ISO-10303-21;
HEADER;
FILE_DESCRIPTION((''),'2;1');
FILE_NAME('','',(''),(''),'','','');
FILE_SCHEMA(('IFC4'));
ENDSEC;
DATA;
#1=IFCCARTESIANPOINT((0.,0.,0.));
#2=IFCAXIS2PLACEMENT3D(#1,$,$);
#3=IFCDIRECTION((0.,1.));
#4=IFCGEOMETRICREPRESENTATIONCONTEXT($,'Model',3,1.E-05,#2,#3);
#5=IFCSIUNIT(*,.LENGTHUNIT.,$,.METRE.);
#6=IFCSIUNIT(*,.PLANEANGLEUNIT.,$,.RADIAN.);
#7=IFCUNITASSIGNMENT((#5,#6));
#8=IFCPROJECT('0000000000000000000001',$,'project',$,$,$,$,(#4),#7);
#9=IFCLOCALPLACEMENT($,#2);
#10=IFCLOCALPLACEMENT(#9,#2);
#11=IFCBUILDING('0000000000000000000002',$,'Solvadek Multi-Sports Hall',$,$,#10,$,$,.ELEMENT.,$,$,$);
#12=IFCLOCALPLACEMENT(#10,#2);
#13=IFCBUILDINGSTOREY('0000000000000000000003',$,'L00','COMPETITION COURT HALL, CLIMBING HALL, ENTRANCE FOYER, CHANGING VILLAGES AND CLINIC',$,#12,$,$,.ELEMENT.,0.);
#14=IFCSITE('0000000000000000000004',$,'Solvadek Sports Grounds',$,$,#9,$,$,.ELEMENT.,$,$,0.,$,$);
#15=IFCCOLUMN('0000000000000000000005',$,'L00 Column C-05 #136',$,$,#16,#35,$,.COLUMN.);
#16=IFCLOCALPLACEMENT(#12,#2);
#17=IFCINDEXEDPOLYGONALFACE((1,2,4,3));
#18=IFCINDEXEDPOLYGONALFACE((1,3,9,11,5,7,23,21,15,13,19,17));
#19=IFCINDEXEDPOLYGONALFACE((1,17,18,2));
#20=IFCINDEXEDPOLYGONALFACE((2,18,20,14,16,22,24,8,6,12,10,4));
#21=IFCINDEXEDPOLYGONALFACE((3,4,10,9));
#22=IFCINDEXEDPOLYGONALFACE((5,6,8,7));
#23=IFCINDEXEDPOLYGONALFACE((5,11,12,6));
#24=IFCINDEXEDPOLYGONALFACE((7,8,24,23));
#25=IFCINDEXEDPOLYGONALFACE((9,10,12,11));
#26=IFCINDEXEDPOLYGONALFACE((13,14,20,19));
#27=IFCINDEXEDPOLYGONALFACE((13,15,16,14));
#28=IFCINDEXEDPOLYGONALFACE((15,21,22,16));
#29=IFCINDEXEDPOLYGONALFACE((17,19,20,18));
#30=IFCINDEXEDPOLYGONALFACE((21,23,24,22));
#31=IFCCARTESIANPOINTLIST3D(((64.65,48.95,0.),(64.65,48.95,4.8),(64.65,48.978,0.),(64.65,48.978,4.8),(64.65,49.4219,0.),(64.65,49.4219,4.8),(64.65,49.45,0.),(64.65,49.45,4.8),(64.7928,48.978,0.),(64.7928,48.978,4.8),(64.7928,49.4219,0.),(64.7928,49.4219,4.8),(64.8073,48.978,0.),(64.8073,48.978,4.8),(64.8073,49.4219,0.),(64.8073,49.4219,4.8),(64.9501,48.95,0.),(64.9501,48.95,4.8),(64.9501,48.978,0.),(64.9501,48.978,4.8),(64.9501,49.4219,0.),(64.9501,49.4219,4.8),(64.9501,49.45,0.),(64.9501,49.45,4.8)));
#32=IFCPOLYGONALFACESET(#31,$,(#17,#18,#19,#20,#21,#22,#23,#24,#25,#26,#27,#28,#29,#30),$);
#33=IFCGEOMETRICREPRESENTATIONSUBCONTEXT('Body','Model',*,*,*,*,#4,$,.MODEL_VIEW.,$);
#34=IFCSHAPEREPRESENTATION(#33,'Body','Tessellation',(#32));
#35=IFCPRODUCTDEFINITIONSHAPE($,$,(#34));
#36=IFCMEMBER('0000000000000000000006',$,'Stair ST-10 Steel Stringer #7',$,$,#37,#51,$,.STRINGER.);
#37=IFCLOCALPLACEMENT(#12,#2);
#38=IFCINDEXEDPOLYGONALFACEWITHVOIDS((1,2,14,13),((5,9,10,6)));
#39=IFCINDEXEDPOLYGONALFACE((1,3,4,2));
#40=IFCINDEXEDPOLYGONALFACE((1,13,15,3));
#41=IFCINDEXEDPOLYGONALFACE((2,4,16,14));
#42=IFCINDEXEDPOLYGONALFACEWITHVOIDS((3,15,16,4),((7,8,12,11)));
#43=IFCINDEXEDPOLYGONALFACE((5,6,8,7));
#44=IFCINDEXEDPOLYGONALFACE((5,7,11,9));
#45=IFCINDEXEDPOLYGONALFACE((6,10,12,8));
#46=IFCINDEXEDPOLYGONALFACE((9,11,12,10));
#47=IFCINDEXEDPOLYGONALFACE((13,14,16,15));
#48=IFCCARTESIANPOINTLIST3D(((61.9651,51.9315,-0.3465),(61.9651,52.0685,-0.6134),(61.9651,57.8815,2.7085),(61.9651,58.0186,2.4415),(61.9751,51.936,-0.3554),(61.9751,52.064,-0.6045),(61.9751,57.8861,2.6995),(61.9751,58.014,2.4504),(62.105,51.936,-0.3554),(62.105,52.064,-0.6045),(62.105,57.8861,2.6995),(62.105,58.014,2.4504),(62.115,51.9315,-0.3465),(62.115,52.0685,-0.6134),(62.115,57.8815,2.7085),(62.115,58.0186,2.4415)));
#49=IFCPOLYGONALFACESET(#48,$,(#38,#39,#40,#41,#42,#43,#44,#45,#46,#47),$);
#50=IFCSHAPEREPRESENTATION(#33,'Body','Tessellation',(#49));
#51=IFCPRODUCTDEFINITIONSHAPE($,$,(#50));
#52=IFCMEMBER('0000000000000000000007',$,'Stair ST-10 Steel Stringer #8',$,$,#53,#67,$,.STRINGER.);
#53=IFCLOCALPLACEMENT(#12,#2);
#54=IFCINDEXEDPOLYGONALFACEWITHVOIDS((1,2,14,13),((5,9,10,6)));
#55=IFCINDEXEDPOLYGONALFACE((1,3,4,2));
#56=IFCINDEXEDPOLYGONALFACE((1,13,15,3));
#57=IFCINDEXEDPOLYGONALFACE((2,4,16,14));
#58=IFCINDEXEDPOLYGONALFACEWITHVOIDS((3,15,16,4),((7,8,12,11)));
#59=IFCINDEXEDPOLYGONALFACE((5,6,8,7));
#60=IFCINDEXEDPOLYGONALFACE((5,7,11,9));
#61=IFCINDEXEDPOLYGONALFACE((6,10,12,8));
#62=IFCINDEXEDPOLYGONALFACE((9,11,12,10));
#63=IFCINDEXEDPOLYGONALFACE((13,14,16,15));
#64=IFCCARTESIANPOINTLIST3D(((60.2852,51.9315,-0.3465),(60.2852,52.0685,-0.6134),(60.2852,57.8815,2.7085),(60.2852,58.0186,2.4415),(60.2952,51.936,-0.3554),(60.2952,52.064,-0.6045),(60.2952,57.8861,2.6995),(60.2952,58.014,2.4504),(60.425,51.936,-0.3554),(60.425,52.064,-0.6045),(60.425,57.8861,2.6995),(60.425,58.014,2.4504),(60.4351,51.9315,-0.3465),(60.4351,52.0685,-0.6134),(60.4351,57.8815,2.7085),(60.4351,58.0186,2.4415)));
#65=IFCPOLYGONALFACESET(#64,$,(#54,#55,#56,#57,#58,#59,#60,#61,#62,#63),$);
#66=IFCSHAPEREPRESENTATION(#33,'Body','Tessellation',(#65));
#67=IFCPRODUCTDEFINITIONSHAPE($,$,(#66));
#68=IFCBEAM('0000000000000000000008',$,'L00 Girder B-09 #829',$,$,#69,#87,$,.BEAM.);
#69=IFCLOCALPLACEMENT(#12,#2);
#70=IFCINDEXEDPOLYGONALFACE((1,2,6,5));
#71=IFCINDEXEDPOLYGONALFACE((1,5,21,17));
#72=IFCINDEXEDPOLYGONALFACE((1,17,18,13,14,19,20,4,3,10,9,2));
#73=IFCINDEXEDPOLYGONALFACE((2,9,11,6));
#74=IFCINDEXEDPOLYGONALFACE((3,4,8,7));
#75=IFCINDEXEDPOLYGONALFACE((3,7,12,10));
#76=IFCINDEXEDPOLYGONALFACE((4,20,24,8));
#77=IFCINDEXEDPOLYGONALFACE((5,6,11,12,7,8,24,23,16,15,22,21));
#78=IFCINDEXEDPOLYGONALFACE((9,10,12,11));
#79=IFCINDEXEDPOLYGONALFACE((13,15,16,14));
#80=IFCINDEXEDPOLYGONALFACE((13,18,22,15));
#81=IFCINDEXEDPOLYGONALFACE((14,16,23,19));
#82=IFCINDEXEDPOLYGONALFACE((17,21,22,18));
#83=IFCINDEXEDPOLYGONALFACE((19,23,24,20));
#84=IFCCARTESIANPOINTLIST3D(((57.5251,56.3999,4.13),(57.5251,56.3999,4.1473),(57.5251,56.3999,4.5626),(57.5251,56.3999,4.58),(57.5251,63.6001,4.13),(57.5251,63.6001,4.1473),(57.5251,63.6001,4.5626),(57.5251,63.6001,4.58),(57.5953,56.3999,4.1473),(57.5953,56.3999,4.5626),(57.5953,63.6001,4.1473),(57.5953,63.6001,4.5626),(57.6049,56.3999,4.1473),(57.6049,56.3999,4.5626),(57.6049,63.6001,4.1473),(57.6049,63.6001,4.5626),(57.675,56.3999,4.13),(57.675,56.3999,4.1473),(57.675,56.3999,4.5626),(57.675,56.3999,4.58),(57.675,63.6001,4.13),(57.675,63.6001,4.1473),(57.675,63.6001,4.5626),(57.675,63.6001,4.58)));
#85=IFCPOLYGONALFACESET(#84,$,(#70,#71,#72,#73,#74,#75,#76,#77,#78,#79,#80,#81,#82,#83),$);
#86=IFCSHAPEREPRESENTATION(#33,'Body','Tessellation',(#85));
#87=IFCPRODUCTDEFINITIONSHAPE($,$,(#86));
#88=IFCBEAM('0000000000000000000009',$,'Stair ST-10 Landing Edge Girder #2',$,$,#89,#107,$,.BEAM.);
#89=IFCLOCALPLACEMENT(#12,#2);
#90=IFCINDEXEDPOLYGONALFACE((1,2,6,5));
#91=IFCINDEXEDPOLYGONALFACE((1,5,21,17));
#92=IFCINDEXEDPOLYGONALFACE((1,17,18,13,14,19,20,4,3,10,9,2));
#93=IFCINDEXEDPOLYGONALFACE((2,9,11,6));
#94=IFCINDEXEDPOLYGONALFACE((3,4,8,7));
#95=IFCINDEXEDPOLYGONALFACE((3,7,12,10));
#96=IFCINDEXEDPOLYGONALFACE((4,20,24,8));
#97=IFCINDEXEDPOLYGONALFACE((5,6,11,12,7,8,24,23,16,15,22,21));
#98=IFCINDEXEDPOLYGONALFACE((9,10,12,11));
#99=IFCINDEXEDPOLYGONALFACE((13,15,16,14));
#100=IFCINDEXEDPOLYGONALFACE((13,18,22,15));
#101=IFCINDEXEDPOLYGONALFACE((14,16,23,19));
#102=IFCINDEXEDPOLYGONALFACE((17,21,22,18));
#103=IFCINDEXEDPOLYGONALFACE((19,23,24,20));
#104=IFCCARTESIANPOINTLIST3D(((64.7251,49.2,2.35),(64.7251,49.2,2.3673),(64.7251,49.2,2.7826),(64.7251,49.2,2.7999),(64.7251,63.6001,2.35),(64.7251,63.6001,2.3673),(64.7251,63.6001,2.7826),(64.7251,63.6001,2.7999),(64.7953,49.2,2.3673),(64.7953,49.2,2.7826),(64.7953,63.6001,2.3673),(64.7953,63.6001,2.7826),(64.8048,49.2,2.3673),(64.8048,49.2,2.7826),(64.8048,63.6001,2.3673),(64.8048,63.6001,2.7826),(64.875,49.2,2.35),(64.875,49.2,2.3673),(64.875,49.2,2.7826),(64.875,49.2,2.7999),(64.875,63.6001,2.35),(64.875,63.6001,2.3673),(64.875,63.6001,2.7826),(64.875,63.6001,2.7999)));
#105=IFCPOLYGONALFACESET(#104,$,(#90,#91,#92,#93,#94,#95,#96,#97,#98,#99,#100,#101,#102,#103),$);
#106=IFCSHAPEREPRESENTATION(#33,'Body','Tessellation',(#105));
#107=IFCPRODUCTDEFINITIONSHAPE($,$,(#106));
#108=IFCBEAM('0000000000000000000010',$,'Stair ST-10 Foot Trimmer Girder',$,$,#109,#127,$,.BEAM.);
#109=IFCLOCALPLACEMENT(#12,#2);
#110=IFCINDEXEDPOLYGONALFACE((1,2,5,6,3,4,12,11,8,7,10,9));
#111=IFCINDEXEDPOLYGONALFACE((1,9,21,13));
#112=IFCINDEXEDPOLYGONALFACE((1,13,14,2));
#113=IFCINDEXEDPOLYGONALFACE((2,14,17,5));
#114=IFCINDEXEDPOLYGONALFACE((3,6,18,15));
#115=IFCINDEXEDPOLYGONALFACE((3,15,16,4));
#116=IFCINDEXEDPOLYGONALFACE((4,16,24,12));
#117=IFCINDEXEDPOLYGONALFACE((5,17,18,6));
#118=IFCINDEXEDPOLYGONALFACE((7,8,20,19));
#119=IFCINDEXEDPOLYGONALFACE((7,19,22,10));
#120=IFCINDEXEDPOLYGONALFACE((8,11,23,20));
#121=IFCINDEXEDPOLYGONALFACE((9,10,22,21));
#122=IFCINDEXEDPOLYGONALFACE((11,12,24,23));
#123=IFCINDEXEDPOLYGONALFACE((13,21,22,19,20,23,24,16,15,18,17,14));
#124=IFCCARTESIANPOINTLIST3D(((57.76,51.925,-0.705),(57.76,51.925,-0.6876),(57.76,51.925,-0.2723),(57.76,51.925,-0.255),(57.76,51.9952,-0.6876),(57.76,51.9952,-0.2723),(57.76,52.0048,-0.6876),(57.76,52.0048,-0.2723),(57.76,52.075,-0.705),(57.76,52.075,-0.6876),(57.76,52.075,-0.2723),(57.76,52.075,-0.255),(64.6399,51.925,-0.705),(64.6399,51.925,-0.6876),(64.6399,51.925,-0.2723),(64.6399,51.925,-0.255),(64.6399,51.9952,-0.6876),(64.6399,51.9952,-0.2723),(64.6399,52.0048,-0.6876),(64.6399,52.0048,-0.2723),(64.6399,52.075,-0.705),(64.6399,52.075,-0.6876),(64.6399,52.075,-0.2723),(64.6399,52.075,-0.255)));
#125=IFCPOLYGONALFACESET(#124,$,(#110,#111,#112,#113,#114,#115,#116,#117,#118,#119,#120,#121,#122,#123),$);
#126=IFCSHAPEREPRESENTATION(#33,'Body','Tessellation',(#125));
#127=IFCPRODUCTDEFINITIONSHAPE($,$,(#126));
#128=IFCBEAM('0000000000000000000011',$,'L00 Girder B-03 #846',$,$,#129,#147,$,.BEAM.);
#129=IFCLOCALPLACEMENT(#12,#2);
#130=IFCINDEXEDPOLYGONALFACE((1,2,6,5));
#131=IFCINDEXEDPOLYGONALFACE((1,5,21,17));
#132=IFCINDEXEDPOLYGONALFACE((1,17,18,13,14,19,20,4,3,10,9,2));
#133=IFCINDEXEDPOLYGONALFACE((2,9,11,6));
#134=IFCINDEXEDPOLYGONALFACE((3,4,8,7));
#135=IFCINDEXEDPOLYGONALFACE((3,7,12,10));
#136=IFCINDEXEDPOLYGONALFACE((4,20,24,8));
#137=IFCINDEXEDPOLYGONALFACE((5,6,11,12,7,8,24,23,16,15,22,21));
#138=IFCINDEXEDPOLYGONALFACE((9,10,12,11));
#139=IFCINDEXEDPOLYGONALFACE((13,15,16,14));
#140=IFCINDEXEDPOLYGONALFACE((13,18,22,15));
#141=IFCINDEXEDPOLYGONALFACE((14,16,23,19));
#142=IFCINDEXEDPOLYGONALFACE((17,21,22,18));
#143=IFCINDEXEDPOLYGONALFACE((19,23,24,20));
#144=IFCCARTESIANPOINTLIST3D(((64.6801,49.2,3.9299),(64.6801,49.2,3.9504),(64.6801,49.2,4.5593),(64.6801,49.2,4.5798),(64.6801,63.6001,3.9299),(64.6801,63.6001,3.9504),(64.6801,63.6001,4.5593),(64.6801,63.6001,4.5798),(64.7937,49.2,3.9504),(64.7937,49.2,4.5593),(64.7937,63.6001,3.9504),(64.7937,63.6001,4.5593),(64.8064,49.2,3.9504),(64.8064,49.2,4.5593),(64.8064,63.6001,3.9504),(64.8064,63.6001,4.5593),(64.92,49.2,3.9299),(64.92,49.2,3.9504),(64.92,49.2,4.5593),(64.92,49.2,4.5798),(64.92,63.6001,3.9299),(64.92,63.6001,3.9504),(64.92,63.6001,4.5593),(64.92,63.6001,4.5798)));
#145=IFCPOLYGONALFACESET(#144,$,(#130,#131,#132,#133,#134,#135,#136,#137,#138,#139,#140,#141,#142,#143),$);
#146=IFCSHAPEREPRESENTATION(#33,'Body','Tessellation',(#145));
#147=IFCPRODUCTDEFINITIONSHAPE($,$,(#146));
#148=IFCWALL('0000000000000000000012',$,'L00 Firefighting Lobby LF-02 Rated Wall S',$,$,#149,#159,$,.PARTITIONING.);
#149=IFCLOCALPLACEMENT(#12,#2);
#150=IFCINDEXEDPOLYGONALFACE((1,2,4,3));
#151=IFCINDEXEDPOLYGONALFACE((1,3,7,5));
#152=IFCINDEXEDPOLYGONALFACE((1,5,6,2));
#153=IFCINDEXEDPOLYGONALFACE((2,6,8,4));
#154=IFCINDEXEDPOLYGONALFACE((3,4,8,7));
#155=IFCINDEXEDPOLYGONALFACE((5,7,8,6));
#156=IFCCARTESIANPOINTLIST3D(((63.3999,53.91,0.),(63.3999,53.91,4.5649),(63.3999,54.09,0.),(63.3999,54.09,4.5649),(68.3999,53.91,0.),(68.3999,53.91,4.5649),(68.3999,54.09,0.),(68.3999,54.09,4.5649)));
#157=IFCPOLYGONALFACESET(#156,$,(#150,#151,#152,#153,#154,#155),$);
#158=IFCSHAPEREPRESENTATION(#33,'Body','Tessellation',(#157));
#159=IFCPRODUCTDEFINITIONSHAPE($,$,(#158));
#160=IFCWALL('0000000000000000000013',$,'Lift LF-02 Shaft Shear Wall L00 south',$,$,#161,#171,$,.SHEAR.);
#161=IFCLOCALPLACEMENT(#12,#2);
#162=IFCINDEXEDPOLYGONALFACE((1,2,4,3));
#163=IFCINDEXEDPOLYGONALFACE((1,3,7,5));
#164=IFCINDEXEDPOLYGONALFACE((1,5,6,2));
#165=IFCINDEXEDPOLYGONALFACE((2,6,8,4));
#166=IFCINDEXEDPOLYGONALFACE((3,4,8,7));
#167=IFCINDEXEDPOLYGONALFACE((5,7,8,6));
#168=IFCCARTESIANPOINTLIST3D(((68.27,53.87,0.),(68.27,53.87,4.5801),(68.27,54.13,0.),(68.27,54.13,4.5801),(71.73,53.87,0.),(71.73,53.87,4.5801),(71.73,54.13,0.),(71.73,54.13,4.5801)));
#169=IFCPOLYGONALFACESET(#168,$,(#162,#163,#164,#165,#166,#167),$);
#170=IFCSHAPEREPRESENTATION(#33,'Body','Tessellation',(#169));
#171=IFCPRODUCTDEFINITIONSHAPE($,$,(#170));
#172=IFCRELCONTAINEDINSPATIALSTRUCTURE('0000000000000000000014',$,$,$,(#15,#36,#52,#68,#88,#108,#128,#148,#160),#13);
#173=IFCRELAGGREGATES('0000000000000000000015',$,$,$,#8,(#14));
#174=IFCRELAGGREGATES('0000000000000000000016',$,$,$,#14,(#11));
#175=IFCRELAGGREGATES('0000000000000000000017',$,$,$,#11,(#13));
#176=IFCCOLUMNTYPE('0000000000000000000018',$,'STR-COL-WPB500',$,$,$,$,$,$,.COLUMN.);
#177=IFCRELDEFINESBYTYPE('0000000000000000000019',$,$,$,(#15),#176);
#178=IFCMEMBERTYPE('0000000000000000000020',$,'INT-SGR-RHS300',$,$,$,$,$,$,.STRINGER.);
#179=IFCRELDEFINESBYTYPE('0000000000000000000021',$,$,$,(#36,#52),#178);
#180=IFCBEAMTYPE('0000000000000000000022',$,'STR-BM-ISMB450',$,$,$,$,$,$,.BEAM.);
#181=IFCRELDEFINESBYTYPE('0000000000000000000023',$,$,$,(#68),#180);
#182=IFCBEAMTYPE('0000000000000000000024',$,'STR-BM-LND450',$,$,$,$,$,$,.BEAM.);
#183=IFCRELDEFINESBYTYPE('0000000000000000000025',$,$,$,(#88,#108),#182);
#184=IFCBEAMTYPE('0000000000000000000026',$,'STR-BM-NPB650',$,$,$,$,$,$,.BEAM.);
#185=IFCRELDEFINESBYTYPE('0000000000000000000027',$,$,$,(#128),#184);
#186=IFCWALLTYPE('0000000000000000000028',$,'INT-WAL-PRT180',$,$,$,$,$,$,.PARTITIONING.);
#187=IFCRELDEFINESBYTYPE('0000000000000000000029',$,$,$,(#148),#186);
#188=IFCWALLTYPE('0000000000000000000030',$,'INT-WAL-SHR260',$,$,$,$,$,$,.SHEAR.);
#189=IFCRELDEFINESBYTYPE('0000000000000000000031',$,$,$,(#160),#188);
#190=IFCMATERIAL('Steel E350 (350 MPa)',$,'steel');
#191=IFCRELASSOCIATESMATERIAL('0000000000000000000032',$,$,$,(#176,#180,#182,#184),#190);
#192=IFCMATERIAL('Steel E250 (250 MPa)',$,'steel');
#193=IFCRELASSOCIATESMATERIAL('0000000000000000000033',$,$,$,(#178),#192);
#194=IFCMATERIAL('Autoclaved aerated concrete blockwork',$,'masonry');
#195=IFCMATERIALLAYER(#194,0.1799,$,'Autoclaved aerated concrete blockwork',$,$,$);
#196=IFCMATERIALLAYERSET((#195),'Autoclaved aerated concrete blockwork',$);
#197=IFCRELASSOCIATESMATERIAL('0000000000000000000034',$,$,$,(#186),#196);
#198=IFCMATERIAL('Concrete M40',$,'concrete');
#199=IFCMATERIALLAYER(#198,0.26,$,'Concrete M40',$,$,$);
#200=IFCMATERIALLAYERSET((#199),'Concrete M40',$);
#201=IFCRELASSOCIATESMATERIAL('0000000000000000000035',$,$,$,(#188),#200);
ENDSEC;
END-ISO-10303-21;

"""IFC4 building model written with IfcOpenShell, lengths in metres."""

from ifc_helpers import new_model, si_unit, direction, frame, frame_2d, origin, origin_2d, place, context, subcontext, project, spatial, rectangle, hollow_rectangle, i_section, extrude, material, layer, layer_set, material_profile, profile_set, type_object, element, save


model = new_model("IFC4")

# Units and contexts
model_context = context("Model", 3, precision=1e-05, world=origin(), true_north=direction((0.0, 1.0)))
body_context = subcontext(model_context, "Body", "Model", "MODEL_VIEW")
ifc_project = project(units=[si_unit("LENGTHUNIT", "METRE"), si_unit("PLANEANGLEUNIT", "RADIAN")], contexts=[model_context])

# Site, building, storey
site_placement = place(None, origin())
site = spatial("IfcSite", under=ifc_project, at=site_placement, Name="Solvadek Sports Grounds", CompositionType="ELEMENT", RefElevation=0.0)
building_placement = place(site_placement, origin())
building = spatial("IfcBuilding", under=site, at=building_placement, Name="Solvadek Multi-Sports Hall", CompositionType="ELEMENT")
storey_placement = place(building_placement, origin())
storey = spatial("IfcBuildingStorey", under=building, at=storey_placement, Name="L00", Description="COMPETITION COURT HALL, CLIMBING HALL, ENTRANCE FOYER, CHANGING VILLAGES AND CLINIC", CompositionType="ELEMENT", Elevation=0.0)

# Column
ifc_material_1 = material(Name="Steel E350 (350 MPa)", Category="steel")
ifc_material_profile_1 = material_profile(ifc_material_1, i_section(OverallWidth=0.3, OverallDepth=0.5, WebThickness=0.0144, FlangeThickness=0.0281, at=origin_2d()), Name="WPB 500")
ifc_profile_set_1 = profile_set([ifc_material_profile_1], Name="Steel E350 (350 MPa)")
column_type = type_object("IfcColumnType", Name="STR-COL-WPB500", PredefinedType="COLUMN", material=ifc_profile_set_1)
column_placement = place(storey_placement, frame((64.8, 49.2, 0.0), z_axis=(0.0, 0.0, 1.0), x_axis=(1.0, 0.0, 0.0)))
element("IfcColumn", 1, at=column_placement, inside=storey, type_object=column_type, Name="L00 Column C-05 #136", PredefinedType="COLUMN", context=body_context, shape_type="SweptSolid", body=[
    extrude(i_section(OverallWidth=0.3, OverallDepth=0.5, WebThickness=0.0144, FlangeThickness=0.0281, at=origin_2d()), origin(), (0.0, 0.0, 1.0), 4.8),
])

# Members
ifc_material_2 = material(Name="Steel E250 (250 MPa)", Category="steel")
ifc_material_profile_2 = material_profile(ifc_material_2, hollow_rectangle(XDim=0.1499, YDim=0.3, WallThickness=0.01, at=origin_2d()), Name="RHS 300x150x10")
ifc_profile_set_2 = profile_set([ifc_material_profile_2], Name="Steel E250 (250 MPa)")
member_type = type_object("IfcMemberType", Name="INT-SGR-RHS300", PredefinedType="STRINGER", material=ifc_profile_set_2)
for number, where, z_axis, x_axis, name in (
    (2, (62.04, 52.0, -0.48), (0.0, 0.889594, 0.456752), (-1.0, 0.0, 0.0), "Stair ST-10 Steel Stringer #7"),
    (3, (60.3601, 52.0, -0.48), (0.0, 0.889594, 0.456752), (-1.0, 0.0, 0.0), "Stair ST-10 Steel Stringer #8"),
):
    element("IfcMember", number, at=place(storey_placement, frame(where, z_axis=z_axis, x_axis=x_axis)), inside=storey, type_object=member_type, Name=name, PredefinedType="STRINGER", context=body_context, shape_type="SweptSolid", body=[
        extrude(hollow_rectangle(XDim=0.1499, YDim=0.3, WallThickness=0.01, at=origin_2d()), origin(), (0.0, 0.0, 1.0), 6.6885),
    ])

# Beams
ifc_material_profile_3 = material_profile(ifc_material_1, i_section(OverallWidth=0.1499, OverallDepth=0.45, WebThickness=0.0095, FlangeThickness=0.0173, at=origin_2d()), Name="ISMB 450")
ifc_profile_set_3 = profile_set([ifc_material_profile_3], Name="Steel E350 (350 MPa)")
beam_type_1 = type_object("IfcBeamType", Name="STR-BM-ISMB450", PredefinedType="BEAM", material=ifc_profile_set_3)
beam_1_placement = place(storey_placement, frame((57.6001, 56.3999, 4.355), z_axis=(0.0, 1.0, 0.0), x_axis=(-1.0, 0.0, 0.0)))
element("IfcBeam", 4, at=beam_1_placement, inside=storey, type_object=beam_type_1, Name="L00 Girder B-09 #829", PredefinedType="BEAM", context=body_context, shape_type="SweptSolid", body=[
    extrude(i_section(OverallWidth=0.1499, OverallDepth=0.45, WebThickness=0.0095, FlangeThickness=0.0173, at=origin_2d()), origin(), (0.0, 0.0, 1.0), 7.2002),
])
ifc_material_profile_4 = material_profile(ifc_material_1, i_section(OverallWidth=0.1499, OverallDepth=0.45, WebThickness=0.0095, FlangeThickness=0.0173, at=origin_2d()), Name="ISMB 450")
ifc_profile_set_4 = profile_set([ifc_material_profile_4], Name="Steel E350 (350 MPa)")
beam_type_2 = type_object("IfcBeamType", Name="STR-BM-LND450", PredefinedType="BEAM", material=ifc_profile_set_4)
beam_2_placement = place(storey_placement, frame((64.8, 49.2, 2.575), z_axis=(0.0, 1.0, 0.0), x_axis=(-1.0, 0.0, 0.0)))
element("IfcBeam", 5, at=beam_2_placement, inside=storey, type_object=beam_type_2, Name="Stair ST-10 Landing Edge Girder #2", PredefinedType="BEAM", context=body_context, shape_type="SweptSolid", body=[
    extrude(i_section(OverallWidth=0.1499, OverallDepth=0.45, WebThickness=0.0095, FlangeThickness=0.0173, at=origin_2d()), origin(), (0.0, 0.0, 1.0), 14.4001),
])
beam_3_placement = place(storey_placement, frame((57.76, 52.0, -0.48), z_axis=(1.0, 0.0, 0.0), x_axis=(0.0, 1.0, 0.0)))
element("IfcBeam", 6, at=beam_3_placement, inside=storey, type_object=beam_type_2, Name="Stair ST-10 Foot Trimmer Girder", PredefinedType="BEAM", context=body_context, shape_type="SweptSolid", body=[
    extrude(i_section(OverallWidth=0.1499, OverallDepth=0.45, WebThickness=0.0095, FlangeThickness=0.0173, at=origin_2d()), origin(), (0.0, 0.0, 1.0), 6.8799),
])
ifc_material_profile_5 = material_profile(ifc_material_1, i_section(OverallWidth=0.24, OverallDepth=0.6499, WebThickness=0.0127, FlangeThickness=0.0205, at=origin_2d()), Name="NPB 650")
ifc_profile_set_5 = profile_set([ifc_material_profile_5], Name="Steel E350 (350 MPa)")
beam_type_3 = type_object("IfcBeamType", Name="STR-BM-NPB650", PredefinedType="BEAM", material=ifc_profile_set_5)
beam_4_placement = place(storey_placement, frame((64.8, 49.2, 4.2549), z_axis=(0.0, 1.0, 0.0), x_axis=(-1.0, 0.0, 0.0)))
element("IfcBeam", 7, at=beam_4_placement, inside=storey, type_object=beam_type_3, Name="L00 Girder B-03 #846", PredefinedType="BEAM", context=body_context, shape_type="SweptSolid", body=[
    extrude(i_section(OverallWidth=0.24, OverallDepth=0.6499, WebThickness=0.0127, FlangeThickness=0.0205, at=origin_2d()), origin(), (0.0, 0.0, 1.0), 14.4001),
])

# Shared definitions
ifc_material_3 = material(Name="Autoclaved aerated concrete blockwork", Category="masonry")
ifc_layer_1 = layer(ifc_material_3, 0.1799, Name="Autoclaved aerated concrete blockwork")
ifc_layer_set_1 = layer_set([ifc_layer_1], Name="Autoclaved aerated concrete blockwork")
wall_type_1 = type_object("IfcWallType", Name="INT-WAL-PRT180", PredefinedType="PARTITIONING", material=ifc_layer_set_1)

# Walls
wall_1_placement = place(storey_placement, frame((63.3999, 54.0, 0.0), z_axis=(0.0, 0.0, 1.0), x_axis=(1.0, 0.0, 0.0)))
element("IfcWall", 8, at=wall_1_placement, inside=storey, type_object=wall_type_1, Name="L00 Firefighting Lobby LF-02 Rated Wall S", PredefinedType="PARTITIONING", context=body_context, shape_type="SweptSolid", body=[
    extrude(rectangle(XDim=5.0, YDim=0.1799, at=frame_2d((2.5, 0.0))), origin(), (0.0, 0.0, 1.0), 4.5649),
])
ifc_material_4 = material(Name="Concrete M40", Category="concrete")
ifc_layer_2 = layer(ifc_material_4, 0.26, Name="Concrete M40")
ifc_layer_set_2 = layer_set([ifc_layer_2], Name="Concrete M40")
wall_type_2 = type_object("IfcWallType", Name="INT-WAL-SHR260", PredefinedType="SHEAR", material=ifc_layer_set_2)
wall_2_placement = place(storey_placement, frame((68.27, 54.0, 0.0), z_axis=(0.0, 0.0, 1.0), x_axis=(1.0, 0.0, 0.0)))
element("IfcWall", 9, at=wall_2_placement, inside=storey, type_object=wall_type_2, Name="Lift LF-02 Shaft Shear Wall L00 south", PredefinedType="SHEAR", context=body_context, shape_type="SweptSolid", body=[
    extrude(rectangle(XDim=3.46, YDim=0.26, at=frame_2d((1.73, 0.0))), origin(), (0.0, 0.0, 1.0), 4.5801),
])

save(model, "model.ifc")
